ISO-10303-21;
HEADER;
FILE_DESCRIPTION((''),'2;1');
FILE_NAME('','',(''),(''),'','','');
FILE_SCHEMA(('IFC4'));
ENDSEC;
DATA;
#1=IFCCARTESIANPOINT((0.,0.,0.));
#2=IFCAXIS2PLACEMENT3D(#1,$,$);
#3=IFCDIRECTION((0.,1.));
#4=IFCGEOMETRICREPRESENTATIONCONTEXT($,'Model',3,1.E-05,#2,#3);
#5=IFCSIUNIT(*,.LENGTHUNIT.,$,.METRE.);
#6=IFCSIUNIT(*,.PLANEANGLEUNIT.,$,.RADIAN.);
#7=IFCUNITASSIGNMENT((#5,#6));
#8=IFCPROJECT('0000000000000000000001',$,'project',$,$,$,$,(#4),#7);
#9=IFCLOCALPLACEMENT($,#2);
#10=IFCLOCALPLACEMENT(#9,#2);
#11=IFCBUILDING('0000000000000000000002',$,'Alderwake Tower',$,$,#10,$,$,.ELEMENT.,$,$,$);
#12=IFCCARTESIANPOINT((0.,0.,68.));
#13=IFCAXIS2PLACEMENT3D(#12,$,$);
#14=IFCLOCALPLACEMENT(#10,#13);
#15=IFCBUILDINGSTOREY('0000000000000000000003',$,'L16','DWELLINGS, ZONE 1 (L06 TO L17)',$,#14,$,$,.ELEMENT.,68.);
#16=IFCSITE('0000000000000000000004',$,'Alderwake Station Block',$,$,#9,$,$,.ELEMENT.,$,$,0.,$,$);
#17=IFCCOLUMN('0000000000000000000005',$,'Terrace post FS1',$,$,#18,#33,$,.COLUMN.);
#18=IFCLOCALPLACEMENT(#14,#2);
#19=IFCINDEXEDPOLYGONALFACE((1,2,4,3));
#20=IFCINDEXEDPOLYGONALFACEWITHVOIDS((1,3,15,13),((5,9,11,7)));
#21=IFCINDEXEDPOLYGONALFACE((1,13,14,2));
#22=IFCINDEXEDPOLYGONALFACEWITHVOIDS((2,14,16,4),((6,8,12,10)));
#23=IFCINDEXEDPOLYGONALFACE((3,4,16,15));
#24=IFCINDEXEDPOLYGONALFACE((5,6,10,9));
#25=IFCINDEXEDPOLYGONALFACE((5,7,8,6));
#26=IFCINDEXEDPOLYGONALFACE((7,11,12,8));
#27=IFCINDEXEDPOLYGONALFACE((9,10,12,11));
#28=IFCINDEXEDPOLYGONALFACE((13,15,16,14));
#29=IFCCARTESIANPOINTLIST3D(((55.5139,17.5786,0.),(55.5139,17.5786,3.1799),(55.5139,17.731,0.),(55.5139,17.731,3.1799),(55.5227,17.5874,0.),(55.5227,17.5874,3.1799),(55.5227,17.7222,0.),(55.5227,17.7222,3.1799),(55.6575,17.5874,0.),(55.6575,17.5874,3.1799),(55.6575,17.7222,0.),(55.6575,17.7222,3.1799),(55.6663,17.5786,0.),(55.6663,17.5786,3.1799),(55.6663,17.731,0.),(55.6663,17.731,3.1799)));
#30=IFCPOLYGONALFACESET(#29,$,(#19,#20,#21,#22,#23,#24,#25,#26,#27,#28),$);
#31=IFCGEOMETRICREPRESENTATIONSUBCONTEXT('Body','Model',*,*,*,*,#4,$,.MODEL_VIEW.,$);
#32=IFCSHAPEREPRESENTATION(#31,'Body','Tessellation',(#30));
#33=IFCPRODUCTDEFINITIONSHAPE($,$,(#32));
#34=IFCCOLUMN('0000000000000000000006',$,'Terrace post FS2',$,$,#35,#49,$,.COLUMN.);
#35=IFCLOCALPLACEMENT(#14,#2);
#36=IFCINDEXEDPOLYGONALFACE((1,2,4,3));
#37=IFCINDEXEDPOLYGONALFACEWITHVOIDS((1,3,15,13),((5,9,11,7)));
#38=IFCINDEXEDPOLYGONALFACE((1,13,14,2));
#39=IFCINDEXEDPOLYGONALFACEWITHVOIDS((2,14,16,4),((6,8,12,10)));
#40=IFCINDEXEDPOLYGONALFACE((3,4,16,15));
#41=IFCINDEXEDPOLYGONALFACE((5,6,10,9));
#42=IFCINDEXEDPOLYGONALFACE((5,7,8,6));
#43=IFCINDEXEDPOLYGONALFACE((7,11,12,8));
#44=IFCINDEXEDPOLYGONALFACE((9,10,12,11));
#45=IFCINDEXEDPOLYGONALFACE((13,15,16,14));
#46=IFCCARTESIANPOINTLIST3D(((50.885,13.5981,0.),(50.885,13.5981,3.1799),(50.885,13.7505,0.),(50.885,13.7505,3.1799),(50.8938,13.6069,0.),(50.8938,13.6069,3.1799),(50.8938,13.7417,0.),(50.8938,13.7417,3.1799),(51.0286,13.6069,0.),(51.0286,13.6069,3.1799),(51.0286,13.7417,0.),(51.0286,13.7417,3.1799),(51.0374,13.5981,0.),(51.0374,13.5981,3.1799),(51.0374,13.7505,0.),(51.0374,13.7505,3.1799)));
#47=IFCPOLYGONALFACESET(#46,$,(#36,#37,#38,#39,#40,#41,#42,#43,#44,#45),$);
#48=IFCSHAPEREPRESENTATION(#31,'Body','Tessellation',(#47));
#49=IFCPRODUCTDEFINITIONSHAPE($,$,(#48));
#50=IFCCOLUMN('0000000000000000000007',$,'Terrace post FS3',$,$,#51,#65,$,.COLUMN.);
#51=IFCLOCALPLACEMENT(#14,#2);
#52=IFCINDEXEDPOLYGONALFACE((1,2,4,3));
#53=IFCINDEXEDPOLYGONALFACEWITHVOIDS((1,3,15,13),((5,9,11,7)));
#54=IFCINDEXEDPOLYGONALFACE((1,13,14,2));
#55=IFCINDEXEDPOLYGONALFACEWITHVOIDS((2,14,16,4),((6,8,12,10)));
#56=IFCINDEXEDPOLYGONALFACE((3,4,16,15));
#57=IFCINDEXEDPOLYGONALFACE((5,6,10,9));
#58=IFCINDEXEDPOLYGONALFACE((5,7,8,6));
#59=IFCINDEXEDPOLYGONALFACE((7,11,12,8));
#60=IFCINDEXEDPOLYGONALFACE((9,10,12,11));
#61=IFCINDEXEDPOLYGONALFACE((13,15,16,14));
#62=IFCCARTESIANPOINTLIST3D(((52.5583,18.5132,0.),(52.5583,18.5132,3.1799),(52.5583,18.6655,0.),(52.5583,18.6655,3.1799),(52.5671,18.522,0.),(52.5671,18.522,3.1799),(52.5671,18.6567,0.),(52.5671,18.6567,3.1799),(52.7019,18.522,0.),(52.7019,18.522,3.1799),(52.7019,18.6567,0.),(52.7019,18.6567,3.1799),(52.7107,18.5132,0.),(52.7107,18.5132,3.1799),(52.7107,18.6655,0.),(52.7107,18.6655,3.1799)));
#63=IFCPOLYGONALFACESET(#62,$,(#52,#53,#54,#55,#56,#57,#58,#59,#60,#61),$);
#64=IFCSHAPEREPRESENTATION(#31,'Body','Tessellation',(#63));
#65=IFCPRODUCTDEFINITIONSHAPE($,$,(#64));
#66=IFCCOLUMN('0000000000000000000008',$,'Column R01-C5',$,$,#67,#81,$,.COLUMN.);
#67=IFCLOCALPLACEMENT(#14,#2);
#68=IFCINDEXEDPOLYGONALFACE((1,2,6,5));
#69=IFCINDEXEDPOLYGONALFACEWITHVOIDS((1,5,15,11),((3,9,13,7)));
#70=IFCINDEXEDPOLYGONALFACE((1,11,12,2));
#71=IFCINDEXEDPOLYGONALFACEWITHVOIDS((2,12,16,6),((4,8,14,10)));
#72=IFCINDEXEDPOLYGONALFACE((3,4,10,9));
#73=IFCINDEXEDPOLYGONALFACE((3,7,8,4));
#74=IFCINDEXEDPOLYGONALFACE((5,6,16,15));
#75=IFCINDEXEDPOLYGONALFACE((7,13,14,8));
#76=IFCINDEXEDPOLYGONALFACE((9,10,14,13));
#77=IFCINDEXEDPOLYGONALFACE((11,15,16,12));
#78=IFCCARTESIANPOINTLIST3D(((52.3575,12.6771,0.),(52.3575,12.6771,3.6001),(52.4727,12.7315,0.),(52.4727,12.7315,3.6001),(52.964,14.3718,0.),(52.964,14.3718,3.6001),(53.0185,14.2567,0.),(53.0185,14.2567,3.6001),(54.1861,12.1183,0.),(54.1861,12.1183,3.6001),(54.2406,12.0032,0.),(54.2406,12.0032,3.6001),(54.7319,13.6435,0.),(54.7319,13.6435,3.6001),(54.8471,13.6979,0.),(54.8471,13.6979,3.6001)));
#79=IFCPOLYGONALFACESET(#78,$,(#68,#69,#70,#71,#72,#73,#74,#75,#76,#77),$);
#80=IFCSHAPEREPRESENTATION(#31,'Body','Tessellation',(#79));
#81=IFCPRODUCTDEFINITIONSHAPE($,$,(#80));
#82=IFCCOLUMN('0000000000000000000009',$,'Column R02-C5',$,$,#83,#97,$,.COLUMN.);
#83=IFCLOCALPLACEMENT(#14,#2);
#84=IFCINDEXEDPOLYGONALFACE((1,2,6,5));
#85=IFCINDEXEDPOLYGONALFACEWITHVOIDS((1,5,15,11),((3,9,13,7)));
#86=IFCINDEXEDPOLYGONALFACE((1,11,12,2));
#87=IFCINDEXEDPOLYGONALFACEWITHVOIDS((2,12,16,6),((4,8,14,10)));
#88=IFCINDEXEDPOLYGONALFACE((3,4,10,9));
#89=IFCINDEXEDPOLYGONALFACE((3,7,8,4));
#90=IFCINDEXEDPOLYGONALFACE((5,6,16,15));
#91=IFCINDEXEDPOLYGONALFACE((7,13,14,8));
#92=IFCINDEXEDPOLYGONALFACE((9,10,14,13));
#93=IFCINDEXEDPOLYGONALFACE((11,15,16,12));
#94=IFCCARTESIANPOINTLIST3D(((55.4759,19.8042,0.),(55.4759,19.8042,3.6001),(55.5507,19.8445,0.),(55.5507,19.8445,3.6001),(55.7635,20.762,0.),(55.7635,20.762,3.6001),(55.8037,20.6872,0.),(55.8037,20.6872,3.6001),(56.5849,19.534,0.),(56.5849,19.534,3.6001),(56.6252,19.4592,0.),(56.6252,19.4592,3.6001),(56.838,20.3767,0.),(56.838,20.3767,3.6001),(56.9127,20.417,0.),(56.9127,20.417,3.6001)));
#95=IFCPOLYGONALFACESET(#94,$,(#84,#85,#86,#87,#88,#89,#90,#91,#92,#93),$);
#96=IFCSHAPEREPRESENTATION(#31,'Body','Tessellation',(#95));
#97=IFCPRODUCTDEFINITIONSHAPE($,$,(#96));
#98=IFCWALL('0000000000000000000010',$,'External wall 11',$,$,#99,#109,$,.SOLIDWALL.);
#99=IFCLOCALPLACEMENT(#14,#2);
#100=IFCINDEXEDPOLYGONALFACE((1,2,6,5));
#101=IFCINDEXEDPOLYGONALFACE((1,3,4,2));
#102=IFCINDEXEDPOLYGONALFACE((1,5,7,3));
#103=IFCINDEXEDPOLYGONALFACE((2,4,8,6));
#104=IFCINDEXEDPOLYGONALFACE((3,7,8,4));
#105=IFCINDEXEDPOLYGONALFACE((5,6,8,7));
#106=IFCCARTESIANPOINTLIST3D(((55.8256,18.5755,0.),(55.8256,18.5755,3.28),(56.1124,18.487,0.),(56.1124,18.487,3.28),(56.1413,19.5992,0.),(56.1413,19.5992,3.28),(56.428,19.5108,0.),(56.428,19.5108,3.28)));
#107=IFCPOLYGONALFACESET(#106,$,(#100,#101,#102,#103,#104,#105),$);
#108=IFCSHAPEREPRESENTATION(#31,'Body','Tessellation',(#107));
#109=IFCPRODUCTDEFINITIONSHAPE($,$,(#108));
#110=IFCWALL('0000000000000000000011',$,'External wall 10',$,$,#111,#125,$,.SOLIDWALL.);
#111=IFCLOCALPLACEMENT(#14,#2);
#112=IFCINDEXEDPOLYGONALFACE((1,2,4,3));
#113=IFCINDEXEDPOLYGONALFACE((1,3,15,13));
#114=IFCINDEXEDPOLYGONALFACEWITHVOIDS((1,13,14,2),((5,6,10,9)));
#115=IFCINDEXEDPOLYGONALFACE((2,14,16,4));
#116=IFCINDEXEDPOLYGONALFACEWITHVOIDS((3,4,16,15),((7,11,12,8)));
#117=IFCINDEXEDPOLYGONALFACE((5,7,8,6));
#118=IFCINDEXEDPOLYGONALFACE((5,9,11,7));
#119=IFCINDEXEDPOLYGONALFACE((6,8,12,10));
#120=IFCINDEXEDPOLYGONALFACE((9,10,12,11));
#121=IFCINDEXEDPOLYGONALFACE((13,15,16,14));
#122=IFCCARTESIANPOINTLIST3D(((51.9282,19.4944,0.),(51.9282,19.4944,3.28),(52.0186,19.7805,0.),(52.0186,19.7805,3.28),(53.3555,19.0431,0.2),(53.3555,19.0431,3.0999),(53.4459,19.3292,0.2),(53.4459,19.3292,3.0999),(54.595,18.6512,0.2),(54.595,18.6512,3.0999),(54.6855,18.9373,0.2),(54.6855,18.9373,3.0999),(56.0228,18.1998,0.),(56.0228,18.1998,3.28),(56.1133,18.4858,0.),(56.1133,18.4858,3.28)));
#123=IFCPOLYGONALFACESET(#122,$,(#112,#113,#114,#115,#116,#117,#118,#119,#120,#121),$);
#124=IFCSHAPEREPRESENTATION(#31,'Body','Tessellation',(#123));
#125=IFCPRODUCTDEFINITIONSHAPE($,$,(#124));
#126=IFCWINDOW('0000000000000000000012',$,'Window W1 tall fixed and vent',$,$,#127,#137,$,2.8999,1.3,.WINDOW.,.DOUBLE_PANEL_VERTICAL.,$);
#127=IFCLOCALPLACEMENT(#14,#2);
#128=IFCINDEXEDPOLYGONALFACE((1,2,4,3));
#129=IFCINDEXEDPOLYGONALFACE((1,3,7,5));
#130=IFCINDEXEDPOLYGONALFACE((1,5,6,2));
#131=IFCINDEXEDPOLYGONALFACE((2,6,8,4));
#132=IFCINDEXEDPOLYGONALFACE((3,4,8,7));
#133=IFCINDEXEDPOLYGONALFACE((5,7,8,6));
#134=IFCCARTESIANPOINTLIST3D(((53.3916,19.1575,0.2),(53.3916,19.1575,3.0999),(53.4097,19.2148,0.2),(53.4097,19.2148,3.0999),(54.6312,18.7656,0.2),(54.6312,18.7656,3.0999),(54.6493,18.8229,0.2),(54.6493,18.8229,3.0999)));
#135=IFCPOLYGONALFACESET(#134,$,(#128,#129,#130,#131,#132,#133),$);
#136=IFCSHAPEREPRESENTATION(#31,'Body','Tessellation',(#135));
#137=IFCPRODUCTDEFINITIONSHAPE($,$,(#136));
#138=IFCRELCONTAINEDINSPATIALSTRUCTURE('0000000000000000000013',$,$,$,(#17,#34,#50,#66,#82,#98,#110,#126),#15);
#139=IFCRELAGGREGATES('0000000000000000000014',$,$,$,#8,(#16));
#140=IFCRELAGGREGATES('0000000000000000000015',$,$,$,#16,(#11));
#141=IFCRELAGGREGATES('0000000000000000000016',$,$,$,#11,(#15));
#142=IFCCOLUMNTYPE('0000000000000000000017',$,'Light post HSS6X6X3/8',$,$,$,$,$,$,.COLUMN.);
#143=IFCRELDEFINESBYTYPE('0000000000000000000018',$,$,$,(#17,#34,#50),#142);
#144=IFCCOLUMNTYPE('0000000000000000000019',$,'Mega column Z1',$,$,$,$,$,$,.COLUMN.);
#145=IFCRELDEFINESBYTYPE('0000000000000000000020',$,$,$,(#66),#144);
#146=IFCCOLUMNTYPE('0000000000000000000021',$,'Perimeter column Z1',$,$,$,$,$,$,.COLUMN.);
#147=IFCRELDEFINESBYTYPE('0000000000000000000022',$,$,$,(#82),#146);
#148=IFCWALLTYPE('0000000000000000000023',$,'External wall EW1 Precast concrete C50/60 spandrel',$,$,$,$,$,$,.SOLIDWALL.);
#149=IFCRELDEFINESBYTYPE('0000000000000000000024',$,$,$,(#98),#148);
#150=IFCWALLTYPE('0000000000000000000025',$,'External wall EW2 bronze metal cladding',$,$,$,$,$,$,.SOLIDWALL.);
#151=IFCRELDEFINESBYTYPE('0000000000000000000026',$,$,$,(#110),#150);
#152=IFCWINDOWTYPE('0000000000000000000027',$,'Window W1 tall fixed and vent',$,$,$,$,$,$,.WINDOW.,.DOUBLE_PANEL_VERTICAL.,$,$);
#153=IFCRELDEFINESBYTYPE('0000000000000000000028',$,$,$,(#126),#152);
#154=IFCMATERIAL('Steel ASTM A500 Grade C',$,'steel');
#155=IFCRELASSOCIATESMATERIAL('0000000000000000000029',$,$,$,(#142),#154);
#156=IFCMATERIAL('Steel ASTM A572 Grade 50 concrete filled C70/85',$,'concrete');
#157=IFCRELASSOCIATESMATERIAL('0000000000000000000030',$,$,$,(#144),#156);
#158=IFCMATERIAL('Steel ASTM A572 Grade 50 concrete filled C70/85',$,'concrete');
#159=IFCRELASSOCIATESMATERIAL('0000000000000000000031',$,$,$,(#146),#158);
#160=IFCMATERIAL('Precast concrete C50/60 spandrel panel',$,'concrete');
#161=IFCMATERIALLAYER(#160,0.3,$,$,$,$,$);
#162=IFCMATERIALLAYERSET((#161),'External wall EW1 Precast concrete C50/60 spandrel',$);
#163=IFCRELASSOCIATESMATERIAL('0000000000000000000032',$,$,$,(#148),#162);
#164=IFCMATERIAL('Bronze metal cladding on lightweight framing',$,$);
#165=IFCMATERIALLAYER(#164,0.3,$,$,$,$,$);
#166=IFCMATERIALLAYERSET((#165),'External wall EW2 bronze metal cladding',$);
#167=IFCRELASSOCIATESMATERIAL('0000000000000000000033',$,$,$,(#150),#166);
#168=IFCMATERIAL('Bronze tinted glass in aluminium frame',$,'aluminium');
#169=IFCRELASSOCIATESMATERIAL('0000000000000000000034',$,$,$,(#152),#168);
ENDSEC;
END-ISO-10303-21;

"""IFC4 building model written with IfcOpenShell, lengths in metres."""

from ifc_helpers import new_model, si_unit, direction, frame, frame_2d, origin, origin_2d, place, context, subcontext, project, spatial, rectangle, hollow_rectangle, extrude, material, layer, layer_set, material_profile, profile_set, type_object, element, fill, save


model = new_model("IFC4")

# Units and contexts
model_context = context("Model", 3, precision=1e-05, world=origin(), true_north=direction((0.0, 1.0)))
body_context = subcontext(model_context, "Body", "Model", "MODEL_VIEW")
ifc_project = project(units=[si_unit("LENGTHUNIT", "METRE"), si_unit("PLANEANGLEUNIT", "RADIAN")], contexts=[model_context])

# Site, building, storey
site_placement = place(None, origin())
site = spatial("IfcSite", under=ifc_project, at=site_placement, Name="Alderwake Station Block", CompositionType="ELEMENT", RefElevation=0.0)
building_placement = place(site_placement, origin())
building = spatial("IfcBuilding", under=site, at=building_placement, Name="Alderwake Tower", CompositionType="ELEMENT")
storey_placement = place(building_placement, frame((0.0, 0.0, 68.0)))
storey = spatial("IfcBuildingStorey", under=building, at=storey_placement, Name="L16", Description="DWELLINGS, ZONE 1 (L06 TO L17)", CompositionType="ELEMENT", Elevation=68.0)

# Columns
ifc_material_1 = material(Name="Steel ASTM A500 Grade C", Category="steel")
ifc_material_profile_1 = material_profile(ifc_material_1, hollow_rectangle(XDim=0.1523, YDim=0.1523, WallThickness=0.0088, at=origin_2d()), Name="HSS6X6X3/8")
ifc_profile_set_1 = profile_set([ifc_material_profile_1], Name="Steel ASTM A500 Grade C")
column_type_1 = type_object("IfcColumnType", Name="Light post HSS6X6X3/8", PredefinedType="COLUMN", material=ifc_profile_set_1)
for number, where, z_axis, x_axis, name in (
    (1, (55.5901, 17.6548, 0.0), (0.0, 0.0, 1.0), (1.0, 0.0, 0.0), "Terrace post FS1"),
    (2, (50.9612, 13.6743, 0.0), (0.0, 0.0, 1.0), (1.0, 0.0, 0.0), "Terrace post FS2"),
    (3, (52.6345, 18.5894, 0.0), (0.0, 0.0, 1.0), (1.0, 0.0, 0.0), "Terrace post FS3"),
):
    element("IfcColumn", number, at=place(storey_placement, frame(where, z_axis=z_axis, x_axis=x_axis)), inside=storey, type_object=column_type_1, Name=name, PredefinedType="COLUMN", context=body_context, shape_type="SweptSolid", body=[
        extrude(hollow_rectangle(XDim=0.1523, YDim=0.1523, WallThickness=0.0088, at=origin_2d()), origin(), (0.0, 0.0, 1.0), 3.1799),
    ])
ifc_material_2 = material(Name="Steel ASTM A572 Grade 50 concrete filled C70/85", Category="concrete")
ifc_material_profile_2 = material_profile(ifc_material_2, hollow_rectangle(XDim=1.8, YDim=2.0, WallThickness=0.0901, at=origin_2d()), Name="BOX 2000X1800X90")
ifc_profile_set_2 = profile_set([ifc_material_profile_2], Name="Steel ASTM A572 Grade 50 concrete filled C70/85")
column_type_2 = type_object("IfcColumnType", Name="Mega column Z1", PredefinedType="COLUMN", material=ifc_profile_set_2)
column_1_placement = place(storey_placement, frame((53.6023, 13.1875, 0.0), z_axis=(0.0, 0.0, 1.0), x_axis=(0.336946, 0.941524, 0.0)))
element("IfcColumn", 4, at=column_1_placement, inside=storey, type_object=column_type_2, Name="Column R01-C5", PredefinedType="COLUMN", context=body_context, shape_type="SweptSolid", body=[
    extrude(hollow_rectangle(XDim=1.8, YDim=2.0, WallThickness=0.0901, at=origin_2d()), origin(), (0.0, 0.0, 1.0), 3.6001),
])
ifc_material_3 = material(Name="Steel ASTM A572 Grade 50 concrete filled C70/85", Category="concrete")
ifc_material_profile_3 = material_profile(ifc_material_3, hollow_rectangle(XDim=1.0, YDim=1.2, WallThickness=0.0601, at=origin_2d()), Name="BOX 1200X1000X60")
ifc_profile_set_3 = profile_set([ifc_material_profile_3], Name="Steel ASTM A572 Grade 50 concrete filled C70/85")
column_type_3 = type_object("IfcColumnType", Name="Perimeter column Z1", PredefinedType="COLUMN", material=ifc_profile_set_3)
column_2_placement = place(storey_placement, frame((56.1943, 20.1106, 0.0), z_axis=(0.0, 0.0, 1.0), x_axis=(0.287549, 0.957766, 0.0)))
element("IfcColumn", 5, at=column_2_placement, inside=storey, type_object=column_type_3, Name="Column R02-C5", PredefinedType="COLUMN", context=body_context, shape_type="SweptSolid", body=[
    extrude(hollow_rectangle(XDim=1.0, YDim=1.2, WallThickness=0.0601, at=origin_2d()), origin(), (0.0, 0.0, 1.0), 3.6001),
])

# Wall
ifc_material_4 = material(Name="Precast concrete C50/60 spandrel panel", Category="concrete")
ifc_layer_1 = layer(ifc_material_4, 0.3)
ifc_layer_set_1 = layer_set([ifc_layer_1], Name="External wall EW1 Precast concrete C50/60 spandrel")
wall_type_1 = type_object("IfcWallType", Name="External wall EW1 Precast concrete C50/60 spandrel", PredefinedType="SOLIDWALL", material=ifc_layer_set_1)
wall_1_placement = place(storey_placement, frame((55.969, 18.5312, 0.0), z_axis=(0.0, 0.0, 1.0), x_axis=(0.294678, 0.955597, 0.0)))
element("IfcWall", 6, at=wall_1_placement, inside=storey, type_object=wall_type_1, Name="External wall 11", PredefinedType="SOLIDWALL", context=body_context, shape_type="SweptSolid", body=[
    extrude(rectangle(XDim=1.0713, YDim=0.3, at=frame_2d((0.5356, 0.0))), origin(), (0.0, 0.0, 1.0), 3.28),
])

# Shared definitions
ifc_material_5 = material(Name="Bronze metal cladding on lightweight framing")
ifc_layer_2 = layer(ifc_material_5, 0.3)
ifc_layer_set_2 = layer_set([ifc_layer_2], Name="External wall EW2 bronze metal cladding")
wall_type_2 = type_object("IfcWallType", Name="External wall EW2 bronze metal cladding", PredefinedType="SOLIDWALL", material=ifc_layer_set_2)
ifc_material_6 = material(Name="Bronze tinted glass in aluminium frame", Category="aluminium")
window_type = type_object("IfcWindowType", Name="Window W1 tall fixed and vent", PartitioningType="DOUBLE_PANEL_VERTICAL", PredefinedType="WINDOW", material=ifc_material_6)

# Wall, opening, window
wall_2_placement = place(storey_placement, frame((51.9734, 19.6375, 0.0), z_axis=(0.0, 0.0, 1.0), x_axis=(0.953475, -0.301471, 0.0)))
wall_2 = element("IfcWall", 7, at=wall_2_placement, inside=storey, type_object=wall_type_2, Name="External wall 10", PredefinedType="SOLIDWALL", context=body_context, shape_type="SweptSolid", body=[
    extrude(rectangle(XDim=4.2944, YDim=0.3, at=frame_2d((2.1472, 0.0))), origin(), (0.0, 0.0, 1.0), 3.28),
])
opening_1_placement = place(wall_2_placement, frame((1.4971, 0.0, 0.2)))
opening_1 = element("IfcOpeningElement", 8, at=opening_1_placement, cuts=wall_2, PredefinedType="OPENING", context=body_context, shape_type="SweptSolid", body=[
    extrude(rectangle(XDim=1.3, YDim=2.8999, at=frame_2d((0.6499, 1.45))), frame((0.0, 0.1599, 0.0), z_axis=(0.0, -1.0, 0.0), x_axis=(1.0, 0.0, 0.0)), (0.0, 0.0, 1.0), 0.3201),
])
window_1_placement = place(opening_1_placement, origin())
window_1 = element("IfcWindow", 9, at=window_1_placement, inside=storey, type_object=window_type, Name="Window W1 tall fixed and vent", OverallHeight=2.8999, OverallWidth=1.3, PartitioningType="DOUBLE_PANEL_VERTICAL", PredefinedType="WINDOW", context=body_context, shape_type="SweptSolid", body=[
    extrude(rectangle(XDim=1.3, YDim=2.8999, at=frame_2d((0.6499, 1.45))), frame((0.0, 0.03, 0.0), z_axis=(0.0, -1.0, 0.0), x_axis=(1.0, 0.0, 0.0)), (0.0, 0.0, 1.0), 0.0601),
])
fill(opening_1, window_1)

save(model, "model.ifc")
